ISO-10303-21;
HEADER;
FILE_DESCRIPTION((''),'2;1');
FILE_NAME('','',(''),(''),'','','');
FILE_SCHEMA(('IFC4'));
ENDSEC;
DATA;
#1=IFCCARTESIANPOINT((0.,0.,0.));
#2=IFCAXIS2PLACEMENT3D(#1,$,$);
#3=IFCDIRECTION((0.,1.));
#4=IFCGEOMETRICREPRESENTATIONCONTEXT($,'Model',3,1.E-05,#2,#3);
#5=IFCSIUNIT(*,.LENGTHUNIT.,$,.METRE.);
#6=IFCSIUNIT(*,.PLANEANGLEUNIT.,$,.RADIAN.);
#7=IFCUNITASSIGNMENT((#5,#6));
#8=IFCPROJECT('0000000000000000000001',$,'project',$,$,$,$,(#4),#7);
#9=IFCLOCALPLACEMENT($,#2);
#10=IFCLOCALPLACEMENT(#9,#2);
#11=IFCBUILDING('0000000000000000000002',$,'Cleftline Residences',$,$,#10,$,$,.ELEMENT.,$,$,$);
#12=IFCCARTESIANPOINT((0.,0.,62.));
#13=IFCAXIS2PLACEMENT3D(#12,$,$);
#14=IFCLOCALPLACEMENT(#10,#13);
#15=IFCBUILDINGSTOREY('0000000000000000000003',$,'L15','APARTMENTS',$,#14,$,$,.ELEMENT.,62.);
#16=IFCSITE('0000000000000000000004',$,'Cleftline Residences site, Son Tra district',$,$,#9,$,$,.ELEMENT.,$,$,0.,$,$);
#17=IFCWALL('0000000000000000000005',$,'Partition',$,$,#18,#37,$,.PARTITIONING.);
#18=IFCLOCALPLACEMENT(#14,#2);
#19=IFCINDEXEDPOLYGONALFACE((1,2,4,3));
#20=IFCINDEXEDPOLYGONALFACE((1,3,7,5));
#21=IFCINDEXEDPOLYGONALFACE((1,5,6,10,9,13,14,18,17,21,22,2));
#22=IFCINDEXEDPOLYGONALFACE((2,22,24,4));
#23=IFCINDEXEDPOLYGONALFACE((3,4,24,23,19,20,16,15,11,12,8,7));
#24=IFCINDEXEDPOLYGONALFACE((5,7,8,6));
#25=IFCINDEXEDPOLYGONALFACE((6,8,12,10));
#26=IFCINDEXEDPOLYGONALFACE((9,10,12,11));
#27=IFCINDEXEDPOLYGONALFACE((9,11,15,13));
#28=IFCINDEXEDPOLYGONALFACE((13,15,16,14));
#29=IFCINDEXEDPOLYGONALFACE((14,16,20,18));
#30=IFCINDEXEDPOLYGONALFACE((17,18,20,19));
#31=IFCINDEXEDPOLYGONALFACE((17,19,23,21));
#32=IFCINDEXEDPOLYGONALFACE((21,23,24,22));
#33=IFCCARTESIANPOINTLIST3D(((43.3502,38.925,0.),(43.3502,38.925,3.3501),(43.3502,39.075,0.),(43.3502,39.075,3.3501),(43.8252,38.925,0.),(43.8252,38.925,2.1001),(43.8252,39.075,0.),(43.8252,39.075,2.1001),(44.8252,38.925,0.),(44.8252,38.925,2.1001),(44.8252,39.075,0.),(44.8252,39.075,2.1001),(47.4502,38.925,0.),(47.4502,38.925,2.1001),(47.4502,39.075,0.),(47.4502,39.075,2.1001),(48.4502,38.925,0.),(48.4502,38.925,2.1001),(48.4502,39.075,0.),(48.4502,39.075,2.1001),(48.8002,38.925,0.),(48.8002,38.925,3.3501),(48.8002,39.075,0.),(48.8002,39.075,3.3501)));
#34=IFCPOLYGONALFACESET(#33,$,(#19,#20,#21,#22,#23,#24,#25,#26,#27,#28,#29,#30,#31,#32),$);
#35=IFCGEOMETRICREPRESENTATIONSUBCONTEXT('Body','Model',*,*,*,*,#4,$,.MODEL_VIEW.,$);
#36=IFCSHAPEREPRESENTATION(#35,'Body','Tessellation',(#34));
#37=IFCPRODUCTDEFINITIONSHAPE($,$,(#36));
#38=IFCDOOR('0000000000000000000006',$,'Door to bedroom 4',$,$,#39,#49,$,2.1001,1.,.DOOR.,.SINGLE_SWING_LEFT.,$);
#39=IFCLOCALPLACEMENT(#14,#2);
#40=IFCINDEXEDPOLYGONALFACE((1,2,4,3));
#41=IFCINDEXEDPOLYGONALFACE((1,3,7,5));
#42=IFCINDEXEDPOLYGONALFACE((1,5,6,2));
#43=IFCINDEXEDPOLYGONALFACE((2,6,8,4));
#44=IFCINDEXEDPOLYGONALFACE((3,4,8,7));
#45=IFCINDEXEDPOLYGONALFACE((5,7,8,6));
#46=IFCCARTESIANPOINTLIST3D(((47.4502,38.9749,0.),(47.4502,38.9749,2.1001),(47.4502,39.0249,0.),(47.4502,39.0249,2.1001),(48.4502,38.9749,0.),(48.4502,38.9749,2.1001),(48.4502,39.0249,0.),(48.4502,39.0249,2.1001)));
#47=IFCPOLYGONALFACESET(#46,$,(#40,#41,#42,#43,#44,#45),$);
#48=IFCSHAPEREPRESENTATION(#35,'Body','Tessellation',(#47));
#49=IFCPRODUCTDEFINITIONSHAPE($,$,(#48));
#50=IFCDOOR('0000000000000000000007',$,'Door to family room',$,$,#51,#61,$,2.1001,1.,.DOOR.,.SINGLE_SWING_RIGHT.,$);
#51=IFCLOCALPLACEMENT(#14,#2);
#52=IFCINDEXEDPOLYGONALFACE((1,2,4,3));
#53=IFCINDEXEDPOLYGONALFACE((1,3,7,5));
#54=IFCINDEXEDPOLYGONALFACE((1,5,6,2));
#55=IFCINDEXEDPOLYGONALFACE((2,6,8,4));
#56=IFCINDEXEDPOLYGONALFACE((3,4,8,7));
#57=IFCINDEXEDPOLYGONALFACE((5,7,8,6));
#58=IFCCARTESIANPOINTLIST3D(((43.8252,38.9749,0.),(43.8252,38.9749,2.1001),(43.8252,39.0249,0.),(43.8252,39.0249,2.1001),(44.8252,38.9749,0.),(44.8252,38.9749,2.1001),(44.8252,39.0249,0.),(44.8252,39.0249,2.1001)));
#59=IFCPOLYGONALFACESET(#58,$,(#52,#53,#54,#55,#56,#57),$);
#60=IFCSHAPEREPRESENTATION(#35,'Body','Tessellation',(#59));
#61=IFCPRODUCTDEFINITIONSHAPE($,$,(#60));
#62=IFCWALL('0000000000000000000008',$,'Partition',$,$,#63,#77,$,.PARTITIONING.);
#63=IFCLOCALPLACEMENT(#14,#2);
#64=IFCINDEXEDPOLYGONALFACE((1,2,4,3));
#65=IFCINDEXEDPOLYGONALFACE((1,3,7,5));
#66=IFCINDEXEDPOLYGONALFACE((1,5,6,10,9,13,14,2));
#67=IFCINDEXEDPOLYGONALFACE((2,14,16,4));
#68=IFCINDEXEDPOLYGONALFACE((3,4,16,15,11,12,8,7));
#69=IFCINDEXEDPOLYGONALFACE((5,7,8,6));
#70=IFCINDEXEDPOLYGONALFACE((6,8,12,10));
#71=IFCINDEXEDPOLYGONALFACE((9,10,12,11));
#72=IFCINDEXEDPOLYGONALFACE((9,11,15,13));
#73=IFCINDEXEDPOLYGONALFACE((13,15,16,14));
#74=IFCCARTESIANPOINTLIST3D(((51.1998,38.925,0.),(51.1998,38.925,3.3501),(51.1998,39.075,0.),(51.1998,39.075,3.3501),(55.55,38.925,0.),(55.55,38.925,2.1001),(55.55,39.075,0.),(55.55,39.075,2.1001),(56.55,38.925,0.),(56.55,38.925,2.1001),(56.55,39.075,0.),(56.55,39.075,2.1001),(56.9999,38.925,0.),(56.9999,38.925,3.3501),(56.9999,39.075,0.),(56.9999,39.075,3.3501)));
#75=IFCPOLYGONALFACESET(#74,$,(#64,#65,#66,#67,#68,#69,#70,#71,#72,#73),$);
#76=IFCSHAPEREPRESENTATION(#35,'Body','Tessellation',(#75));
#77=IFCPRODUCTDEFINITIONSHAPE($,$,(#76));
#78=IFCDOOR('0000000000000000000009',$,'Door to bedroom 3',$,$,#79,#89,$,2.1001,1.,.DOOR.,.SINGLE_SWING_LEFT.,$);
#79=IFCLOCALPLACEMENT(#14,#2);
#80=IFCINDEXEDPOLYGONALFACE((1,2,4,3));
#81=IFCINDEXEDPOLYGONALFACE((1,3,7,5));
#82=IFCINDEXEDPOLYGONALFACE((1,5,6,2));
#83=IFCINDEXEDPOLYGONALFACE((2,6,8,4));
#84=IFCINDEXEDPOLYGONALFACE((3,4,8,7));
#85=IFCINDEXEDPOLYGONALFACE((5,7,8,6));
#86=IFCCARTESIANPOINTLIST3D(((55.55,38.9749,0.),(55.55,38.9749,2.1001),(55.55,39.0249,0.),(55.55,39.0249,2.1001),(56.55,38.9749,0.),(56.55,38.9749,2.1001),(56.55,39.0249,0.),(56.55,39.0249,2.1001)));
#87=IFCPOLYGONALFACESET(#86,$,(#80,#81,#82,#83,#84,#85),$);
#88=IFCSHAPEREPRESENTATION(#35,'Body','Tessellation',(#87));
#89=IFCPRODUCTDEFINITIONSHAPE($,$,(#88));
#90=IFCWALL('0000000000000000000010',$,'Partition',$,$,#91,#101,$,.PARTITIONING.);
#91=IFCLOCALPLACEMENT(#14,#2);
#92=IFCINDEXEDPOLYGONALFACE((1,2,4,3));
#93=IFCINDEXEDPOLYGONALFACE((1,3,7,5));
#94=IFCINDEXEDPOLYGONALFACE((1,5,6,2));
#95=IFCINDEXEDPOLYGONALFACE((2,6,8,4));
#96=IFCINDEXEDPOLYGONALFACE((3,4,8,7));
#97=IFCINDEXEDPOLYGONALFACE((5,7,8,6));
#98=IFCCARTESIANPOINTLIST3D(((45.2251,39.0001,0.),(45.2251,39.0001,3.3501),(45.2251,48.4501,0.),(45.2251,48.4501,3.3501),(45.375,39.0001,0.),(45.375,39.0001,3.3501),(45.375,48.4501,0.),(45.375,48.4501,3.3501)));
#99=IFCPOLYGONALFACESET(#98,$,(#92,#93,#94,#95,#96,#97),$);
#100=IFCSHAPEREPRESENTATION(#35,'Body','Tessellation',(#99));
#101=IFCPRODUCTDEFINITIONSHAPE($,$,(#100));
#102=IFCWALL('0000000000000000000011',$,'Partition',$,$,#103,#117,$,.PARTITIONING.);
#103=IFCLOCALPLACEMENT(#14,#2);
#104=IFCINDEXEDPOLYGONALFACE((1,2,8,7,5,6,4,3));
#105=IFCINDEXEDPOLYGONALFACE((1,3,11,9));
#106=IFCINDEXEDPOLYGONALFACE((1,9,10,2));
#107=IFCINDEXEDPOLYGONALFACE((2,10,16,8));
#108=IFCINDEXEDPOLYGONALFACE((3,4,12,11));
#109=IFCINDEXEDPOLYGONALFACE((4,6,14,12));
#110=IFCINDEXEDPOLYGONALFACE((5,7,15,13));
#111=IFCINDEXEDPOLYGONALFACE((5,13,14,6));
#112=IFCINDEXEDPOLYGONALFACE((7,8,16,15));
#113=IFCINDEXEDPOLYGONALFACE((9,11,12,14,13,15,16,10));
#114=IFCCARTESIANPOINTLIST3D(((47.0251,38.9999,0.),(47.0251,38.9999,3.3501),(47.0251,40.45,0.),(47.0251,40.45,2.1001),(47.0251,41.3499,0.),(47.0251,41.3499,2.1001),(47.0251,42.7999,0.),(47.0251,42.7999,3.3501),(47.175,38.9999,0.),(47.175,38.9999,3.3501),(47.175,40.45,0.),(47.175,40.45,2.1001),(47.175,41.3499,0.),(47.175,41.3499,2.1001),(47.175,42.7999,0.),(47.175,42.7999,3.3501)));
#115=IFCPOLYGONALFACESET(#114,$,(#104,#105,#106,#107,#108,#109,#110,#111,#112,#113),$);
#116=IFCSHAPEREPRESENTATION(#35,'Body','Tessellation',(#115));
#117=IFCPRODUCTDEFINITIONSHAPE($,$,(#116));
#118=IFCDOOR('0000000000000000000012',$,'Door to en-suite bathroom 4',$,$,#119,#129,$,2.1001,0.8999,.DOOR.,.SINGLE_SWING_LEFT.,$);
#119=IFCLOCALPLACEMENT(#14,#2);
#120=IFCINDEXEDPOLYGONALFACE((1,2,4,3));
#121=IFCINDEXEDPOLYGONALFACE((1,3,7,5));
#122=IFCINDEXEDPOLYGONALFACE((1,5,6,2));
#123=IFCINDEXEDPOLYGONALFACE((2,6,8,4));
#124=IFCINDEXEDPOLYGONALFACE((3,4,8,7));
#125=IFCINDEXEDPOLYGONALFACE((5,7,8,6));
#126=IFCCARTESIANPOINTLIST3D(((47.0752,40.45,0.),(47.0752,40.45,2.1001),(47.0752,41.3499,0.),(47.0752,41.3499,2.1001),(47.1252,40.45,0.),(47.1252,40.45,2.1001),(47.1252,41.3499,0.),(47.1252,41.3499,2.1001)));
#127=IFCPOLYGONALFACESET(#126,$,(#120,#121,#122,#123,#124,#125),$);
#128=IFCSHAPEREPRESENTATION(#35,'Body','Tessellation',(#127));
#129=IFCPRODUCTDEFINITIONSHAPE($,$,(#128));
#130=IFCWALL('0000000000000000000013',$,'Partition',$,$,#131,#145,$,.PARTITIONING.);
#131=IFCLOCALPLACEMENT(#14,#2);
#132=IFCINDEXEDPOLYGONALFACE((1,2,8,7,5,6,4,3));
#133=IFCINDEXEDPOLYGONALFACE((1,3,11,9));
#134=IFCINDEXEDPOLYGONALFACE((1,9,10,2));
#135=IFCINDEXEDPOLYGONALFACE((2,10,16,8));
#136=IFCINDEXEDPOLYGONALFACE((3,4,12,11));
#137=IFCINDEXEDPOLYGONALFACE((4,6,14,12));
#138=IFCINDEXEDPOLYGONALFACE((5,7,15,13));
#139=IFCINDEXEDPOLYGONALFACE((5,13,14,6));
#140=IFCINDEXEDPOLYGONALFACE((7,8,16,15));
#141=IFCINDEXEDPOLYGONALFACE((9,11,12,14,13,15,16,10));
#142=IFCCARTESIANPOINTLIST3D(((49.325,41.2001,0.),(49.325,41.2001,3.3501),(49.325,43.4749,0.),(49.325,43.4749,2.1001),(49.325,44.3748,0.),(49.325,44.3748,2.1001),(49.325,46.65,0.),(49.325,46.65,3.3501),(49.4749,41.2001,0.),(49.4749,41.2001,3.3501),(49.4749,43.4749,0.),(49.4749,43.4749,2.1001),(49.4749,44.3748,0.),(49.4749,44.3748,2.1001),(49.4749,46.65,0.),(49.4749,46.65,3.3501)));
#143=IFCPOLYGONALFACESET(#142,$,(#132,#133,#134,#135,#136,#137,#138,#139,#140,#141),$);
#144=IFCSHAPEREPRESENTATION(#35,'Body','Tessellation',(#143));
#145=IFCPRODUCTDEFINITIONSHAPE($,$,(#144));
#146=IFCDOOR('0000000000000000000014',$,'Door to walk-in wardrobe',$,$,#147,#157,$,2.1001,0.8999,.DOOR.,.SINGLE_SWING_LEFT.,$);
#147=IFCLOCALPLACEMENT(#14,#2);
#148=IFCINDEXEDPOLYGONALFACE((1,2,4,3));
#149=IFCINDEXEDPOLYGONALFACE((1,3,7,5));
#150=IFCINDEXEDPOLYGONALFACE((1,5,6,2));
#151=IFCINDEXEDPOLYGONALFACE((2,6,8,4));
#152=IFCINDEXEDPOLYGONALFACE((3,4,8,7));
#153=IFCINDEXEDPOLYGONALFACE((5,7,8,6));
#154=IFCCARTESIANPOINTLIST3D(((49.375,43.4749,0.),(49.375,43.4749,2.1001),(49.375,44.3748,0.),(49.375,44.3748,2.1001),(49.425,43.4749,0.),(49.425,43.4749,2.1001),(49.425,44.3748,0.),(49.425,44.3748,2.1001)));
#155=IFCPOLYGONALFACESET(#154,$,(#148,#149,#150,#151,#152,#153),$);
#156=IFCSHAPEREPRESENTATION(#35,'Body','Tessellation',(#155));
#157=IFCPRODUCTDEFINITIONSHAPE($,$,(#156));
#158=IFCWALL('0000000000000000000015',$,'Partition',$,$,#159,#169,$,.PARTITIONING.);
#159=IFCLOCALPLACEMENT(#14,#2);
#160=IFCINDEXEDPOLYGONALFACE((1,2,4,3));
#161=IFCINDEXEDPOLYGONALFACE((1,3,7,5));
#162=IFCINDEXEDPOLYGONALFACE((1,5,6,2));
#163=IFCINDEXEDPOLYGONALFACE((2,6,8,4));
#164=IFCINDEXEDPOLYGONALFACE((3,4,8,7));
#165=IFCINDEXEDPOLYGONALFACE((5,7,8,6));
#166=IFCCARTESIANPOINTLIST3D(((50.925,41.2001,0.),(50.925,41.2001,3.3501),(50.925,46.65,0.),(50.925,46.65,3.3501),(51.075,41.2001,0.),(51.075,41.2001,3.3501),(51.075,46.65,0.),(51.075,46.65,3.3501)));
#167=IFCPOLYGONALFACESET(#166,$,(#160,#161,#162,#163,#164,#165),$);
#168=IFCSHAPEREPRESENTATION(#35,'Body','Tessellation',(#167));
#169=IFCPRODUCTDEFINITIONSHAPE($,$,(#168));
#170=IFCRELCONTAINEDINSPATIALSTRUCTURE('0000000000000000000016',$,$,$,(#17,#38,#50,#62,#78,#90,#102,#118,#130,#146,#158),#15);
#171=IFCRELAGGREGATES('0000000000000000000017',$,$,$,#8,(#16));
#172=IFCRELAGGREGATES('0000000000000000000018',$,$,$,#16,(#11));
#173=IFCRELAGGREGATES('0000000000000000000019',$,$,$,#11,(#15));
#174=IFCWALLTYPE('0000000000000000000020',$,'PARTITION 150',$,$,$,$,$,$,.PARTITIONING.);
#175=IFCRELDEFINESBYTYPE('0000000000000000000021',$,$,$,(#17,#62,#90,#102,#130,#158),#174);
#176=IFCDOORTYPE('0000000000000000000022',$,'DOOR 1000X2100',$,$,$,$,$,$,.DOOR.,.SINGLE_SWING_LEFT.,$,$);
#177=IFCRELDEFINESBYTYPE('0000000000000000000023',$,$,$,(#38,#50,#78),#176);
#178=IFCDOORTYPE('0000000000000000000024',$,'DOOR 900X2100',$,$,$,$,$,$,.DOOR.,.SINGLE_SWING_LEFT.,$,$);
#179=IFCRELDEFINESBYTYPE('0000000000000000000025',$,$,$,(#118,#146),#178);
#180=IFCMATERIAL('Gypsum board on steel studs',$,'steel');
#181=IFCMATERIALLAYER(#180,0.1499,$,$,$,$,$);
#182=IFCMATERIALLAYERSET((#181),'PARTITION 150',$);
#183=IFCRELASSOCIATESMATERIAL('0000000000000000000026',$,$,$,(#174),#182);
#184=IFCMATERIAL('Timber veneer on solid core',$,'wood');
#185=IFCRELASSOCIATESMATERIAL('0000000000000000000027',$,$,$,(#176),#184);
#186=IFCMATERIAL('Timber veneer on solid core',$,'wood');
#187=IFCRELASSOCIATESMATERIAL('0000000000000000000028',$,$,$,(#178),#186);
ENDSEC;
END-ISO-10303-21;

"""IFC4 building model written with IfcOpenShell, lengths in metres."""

from ifc_helpers import new_model, si_unit, direction, frame, frame_2d, origin, place, context, subcontext, project, spatial, rectangle, extrude, material, layer, layer_set, type_object, element, fill, save


model = new_model("IFC4")

# Units and contexts
model_context = context("Model", 3, precision=1e-05, world=origin(), true_north=direction((0.0, 1.0)))
body_context = subcontext(model_context, "Body", "Model", "MODEL_VIEW")
ifc_project = project(units=[si_unit("LENGTHUNIT", "METRE"), si_unit("PLANEANGLEUNIT", "RADIAN")], contexts=[model_context])

# Site, building, storey
site_placement = place(None, origin())
site = spatial("IfcSite", under=ifc_project, at=site_placement, Name="Cleftline Residences site, Son Tra district", CompositionType="ELEMENT", RefElevation=0.0)
building_placement = place(site_placement, origin())
building = spatial("IfcBuilding", under=site, at=building_placement, Name="Cleftline Residences", CompositionType="ELEMENT")
storey_placement = place(building_placement, frame((0.0, 0.0, 62.0)))
storey = spatial("IfcBuildingStorey", under=building, at=storey_placement, Name="L15", Description="APARTMENTS", CompositionType="ELEMENT", Elevation=62.0)

# Wall, openings, doors
ifc_material_1 = material(Name="Gypsum board on steel studs", Category="steel")
ifc_layer_1 = layer(ifc_material_1, 0.1499)
ifc_layer_set_1 = layer_set([ifc_layer_1], Name="PARTITION 150")
wall_type = type_object("IfcWallType", Name="PARTITION 150", PredefinedType="PARTITIONING", material=ifc_layer_set_1)
ifc_material_2 = material(Name="Timber veneer on solid core", Category="wood")
door_type_1 = type_object("IfcDoorType", Name="DOOR 1000X2100", OperationType="SINGLE_SWING_LEFT", PredefinedType="DOOR", material=ifc_material_2)
ifc_material_3 = material(Name="Timber veneer on solid core", Category="wood")
door_type_2 = type_object("IfcDoorType", Name="DOOR 900X2100", OperationType="SINGLE_SWING_LEFT", PredefinedType="DOOR", material=ifc_material_3)
wall_1_placement = place(storey_placement, frame((43.3501, 39.0, 0.0), z_axis=(0.0, 0.0, 1.0), x_axis=(1.0, 0.0, 0.0)))
wall_1 = element("IfcWall", 1, at=wall_1_placement, inside=storey, type_object=wall_type, Name="Partition", PredefinedType="PARTITIONING", context=body_context, shape_type="SweptSolid", body=[
    extrude(rectangle(XDim=5.45, YDim=0.1499, at=frame_2d((2.7251, 0.0))), origin(), (0.0, 0.0, 1.0), 3.3501),
])
opening_1_placement = place(wall_1_placement, frame((4.1001, 0.0, 0.0)))
opening_1 = element("IfcOpeningElement", 2, at=opening_1_placement, cuts=wall_1, PredefinedType="OPENING", context=body_context, shape_type="SweptSolid", body=[
    extrude(rectangle(XDim=1.0, YDim=2.1001, at=frame_2d((0.5, 1.05))), frame((0.0, 0.085, 0.0), z_axis=(0.0, -1.0, 0.0), x_axis=(1.0, 0.0, 0.0)), (0.0, 0.0, 1.0), 0.1699),
])
opening_2_placement = place(wall_1_placement, frame((0.4751, 0.0, 0.0)))
opening_2 = element("IfcOpeningElement", 3, at=opening_2_placement, cuts=wall_1, PredefinedType="OPENING", context=body_context, shape_type="SweptSolid", body=[
    extrude(rectangle(XDim=1.0, YDim=2.1001, at=frame_2d((0.5, 1.05))), frame((0.0, 0.085, 0.0), z_axis=(0.0, -1.0, 0.0), x_axis=(1.0, 0.0, 0.0)), (0.0, 0.0, 1.0), 0.1699),
])
door_1_placement = place(opening_1_placement, origin())
door_1 = element("IfcDoor", 4, at=door_1_placement, inside=storey, type_object=door_type_1, Name="Door to bedroom 4", OperationType="SINGLE_SWING_LEFT", OverallHeight=2.1001, OverallWidth=1.0, PredefinedType="DOOR", context=body_context, shape_type="SweptSolid", body=[
    extrude(rectangle(XDim=1.0, YDim=2.1001, at=frame_2d((0.5, 1.05))), frame((0.0, 0.0249, 0.0), z_axis=(0.0, -1.0, 0.0), x_axis=(1.0, 0.0, 0.0)), (0.0, 0.0, 1.0), 0.05),
])
fill(opening_1, door_1)
door_2_placement = place(opening_2_placement, origin())
door_2 = element("IfcDoor", 5, at=door_2_placement, inside=storey, type_object=door_type_1, Name="Door to family room", OperationType="SINGLE_SWING_RIGHT", OverallHeight=2.1001, OverallWidth=1.0, PredefinedType="DOOR", context=body_context, shape_type="SweptSolid", body=[
    extrude(rectangle(XDim=1.0, YDim=2.1001, at=frame_2d((0.5, 1.05))), frame((0.0, 0.0249, 0.0), z_axis=(0.0, -1.0, 0.0), x_axis=(1.0, 0.0, 0.0)), (0.0, 0.0, 1.0), 0.05),
])
fill(opening_2, door_2)

# Wall, opening, door
wall_2_placement = place(storey_placement, frame((51.2, 39.0, 0.0), z_axis=(0.0, 0.0, 1.0), x_axis=(1.0, 0.0, 0.0)))
wall_2 = element("IfcWall", 6, at=wall_2_placement, inside=storey, type_object=wall_type, Name="Partition", PredefinedType="PARTITIONING", context=body_context, shape_type="SweptSolid", body=[
    extrude(rectangle(XDim=5.8, YDim=0.1499, at=frame_2d((2.8999, 0.0))), origin(), (0.0, 0.0, 1.0), 3.3501),
])
opening_3_placement = place(wall_2_placement, frame((4.3501, 0.0, 0.0)))
opening_3 = element("IfcOpeningElement", 7, at=opening_3_placement, cuts=wall_2, PredefinedType="OPENING", context=body_context, shape_type="SweptSolid", body=[
    extrude(rectangle(XDim=1.0, YDim=2.1001, at=frame_2d((0.5, 1.05))), frame((0.0, 0.085, 0.0), z_axis=(0.0, -1.0, 0.0), x_axis=(1.0, 0.0, 0.0)), (0.0, 0.0, 1.0), 0.1699),
])
door_3_placement = place(opening_3_placement, origin())
door_3 = element("IfcDoor", 8, at=door_3_placement, inside=storey, type_object=door_type_1, Name="Door to bedroom 3", OperationType="SINGLE_SWING_LEFT", OverallHeight=2.1001, OverallWidth=1.0, PredefinedType="DOOR", context=body_context, shape_type="SweptSolid", body=[
    extrude(rectangle(XDim=1.0, YDim=2.1001, at=frame_2d((0.5, 1.05))), frame((0.0, 0.0249, 0.0), z_axis=(0.0, -1.0, 0.0), x_axis=(1.0, 0.0, 0.0)), (0.0, 0.0, 1.0), 0.05),
])
fill(opening_3, door_3)

# Wall
wall_3_placement = place(storey_placement, frame((45.3, 39.0, 0.0), z_axis=(0.0, 0.0, 1.0), x_axis=(0.0, 1.0, 0.0)))
element("IfcWall", 9, at=wall_3_placement, inside=storey, type_object=wall_type, Name="Partition", PredefinedType="PARTITIONING", context=body_context, shape_type="SweptSolid", body=[
    extrude(rectangle(XDim=9.45, YDim=0.1499, at=frame_2d((4.7251, 0.0))), origin(), (0.0, 0.0, 1.0), 3.3501),
])

# Walls, openings, doors
wall_4_placement = place(storey_placement, frame((47.1001, 39.0, 0.0), z_axis=(0.0, 0.0, 1.0), x_axis=(0.0, 1.0, 0.0)))
wall_4 = element("IfcWall", 10, at=wall_4_placement, inside=storey, type_object=wall_type, Name="Partition", PredefinedType="PARTITIONING", context=body_context, shape_type="SweptSolid", body=[
    extrude(rectangle(XDim=3.8, YDim=0.1499, at=frame_2d((1.8999, 0.0))), origin(), (0.0, 0.0, 1.0), 3.3501),
])
opening_4_placement = place(wall_4_placement, frame((1.45, 0.0, 0.0)))
opening_4 = element("IfcOpeningElement", 11, at=opening_4_placement, cuts=wall_4, PredefinedType="OPENING", context=body_context, shape_type="SweptSolid", body=[
    extrude(rectangle(XDim=0.8999, YDim=2.1001, at=frame_2d((0.45, 1.05))), frame((0.0, 0.085, 0.0), z_axis=(0.0, -1.0, 0.0), x_axis=(1.0, 0.0, 0.0)), (0.0, 0.0, 1.0), 0.1699),
])
door_4_placement = place(opening_4_placement, origin())
door_4 = element("IfcDoor", 12, at=door_4_placement, inside=storey, type_object=door_type_2, Name="Door to en-suite bathroom 4", OperationType="SINGLE_SWING_LEFT", OverallHeight=2.1001, OverallWidth=0.8999, PredefinedType="DOOR", context=body_context, shape_type="SweptSolid", body=[
    extrude(rectangle(XDim=0.8999, YDim=2.1001, at=frame_2d((0.45, 1.05))), frame((0.0, 0.0249, 0.0), z_axis=(0.0, -1.0, 0.0), x_axis=(1.0, 0.0, 0.0)), (0.0, 0.0, 1.0), 0.05),
])
fill(opening_4, door_4)
wall_5_placement = place(storey_placement, frame((49.3999, 41.2, 0.0), z_axis=(0.0, 0.0, 1.0), x_axis=(0.0, 1.0, 0.0)))
wall_5 = element("IfcWall", 13, at=wall_5_placement, inside=storey, type_object=wall_type, Name="Partition", PredefinedType="PARTITIONING", context=body_context, shape_type="SweptSolid", body=[
    extrude(rectangle(XDim=5.45, YDim=0.1499, at=frame_2d((2.7251, 0.0))), origin(), (0.0, 0.0, 1.0), 3.3501),
])
opening_5_placement = place(wall_5_placement, frame((2.2749, 0.0, 0.0)))
opening_5 = element("IfcOpeningElement", 14, at=opening_5_placement, cuts=wall_5, PredefinedType="OPENING", context=body_context, shape_type="SweptSolid", body=[
    extrude(rectangle(XDim=0.8999, YDim=2.1001, at=frame_2d((0.45, 1.05))), frame((0.0, 0.085, 0.0), z_axis=(0.0, -1.0, 0.0), x_axis=(1.0, 0.0, 0.0)), (0.0, 0.0, 1.0), 0.1699),
])
door_5_placement = place(opening_5_placement, origin())
door_5 = element("IfcDoor", 15, at=door_5_placement, inside=storey, type_object=door_type_2, Name="Door to walk-in wardrobe", OperationType="SINGLE_SWING_LEFT", OverallHeight=2.1001, OverallWidth=0.8999, PredefinedType="DOOR", context=body_context, shape_type="SweptSolid", body=[
    extrude(rectangle(XDim=0.8999, YDim=2.1001, at=frame_2d((0.45, 1.05))), frame((0.0, 0.0249, 0.0), z_axis=(0.0, -1.0, 0.0), x_axis=(1.0, 0.0, 0.0)), (0.0, 0.0, 1.0), 0.05),
])
fill(opening_5, door_5)

# Wall
wall_6_placement = place(storey_placement, frame((51.0, 41.2, 0.0), z_axis=(0.0, 0.0, 1.0), x_axis=(0.0, 1.0, 0.0)))
element("IfcWall", 16, at=wall_6_placement, inside=storey, type_object=wall_type, Name="Partition", PredefinedType="PARTITIONING", context=body_context, shape_type="SweptSolid", body=[
    extrude(rectangle(XDim=5.45, YDim=0.1499, at=frame_2d((2.7251, 0.0))), origin(), (0.0, 0.0, 1.0), 3.3501),
])

save(model, "model.ifc")
